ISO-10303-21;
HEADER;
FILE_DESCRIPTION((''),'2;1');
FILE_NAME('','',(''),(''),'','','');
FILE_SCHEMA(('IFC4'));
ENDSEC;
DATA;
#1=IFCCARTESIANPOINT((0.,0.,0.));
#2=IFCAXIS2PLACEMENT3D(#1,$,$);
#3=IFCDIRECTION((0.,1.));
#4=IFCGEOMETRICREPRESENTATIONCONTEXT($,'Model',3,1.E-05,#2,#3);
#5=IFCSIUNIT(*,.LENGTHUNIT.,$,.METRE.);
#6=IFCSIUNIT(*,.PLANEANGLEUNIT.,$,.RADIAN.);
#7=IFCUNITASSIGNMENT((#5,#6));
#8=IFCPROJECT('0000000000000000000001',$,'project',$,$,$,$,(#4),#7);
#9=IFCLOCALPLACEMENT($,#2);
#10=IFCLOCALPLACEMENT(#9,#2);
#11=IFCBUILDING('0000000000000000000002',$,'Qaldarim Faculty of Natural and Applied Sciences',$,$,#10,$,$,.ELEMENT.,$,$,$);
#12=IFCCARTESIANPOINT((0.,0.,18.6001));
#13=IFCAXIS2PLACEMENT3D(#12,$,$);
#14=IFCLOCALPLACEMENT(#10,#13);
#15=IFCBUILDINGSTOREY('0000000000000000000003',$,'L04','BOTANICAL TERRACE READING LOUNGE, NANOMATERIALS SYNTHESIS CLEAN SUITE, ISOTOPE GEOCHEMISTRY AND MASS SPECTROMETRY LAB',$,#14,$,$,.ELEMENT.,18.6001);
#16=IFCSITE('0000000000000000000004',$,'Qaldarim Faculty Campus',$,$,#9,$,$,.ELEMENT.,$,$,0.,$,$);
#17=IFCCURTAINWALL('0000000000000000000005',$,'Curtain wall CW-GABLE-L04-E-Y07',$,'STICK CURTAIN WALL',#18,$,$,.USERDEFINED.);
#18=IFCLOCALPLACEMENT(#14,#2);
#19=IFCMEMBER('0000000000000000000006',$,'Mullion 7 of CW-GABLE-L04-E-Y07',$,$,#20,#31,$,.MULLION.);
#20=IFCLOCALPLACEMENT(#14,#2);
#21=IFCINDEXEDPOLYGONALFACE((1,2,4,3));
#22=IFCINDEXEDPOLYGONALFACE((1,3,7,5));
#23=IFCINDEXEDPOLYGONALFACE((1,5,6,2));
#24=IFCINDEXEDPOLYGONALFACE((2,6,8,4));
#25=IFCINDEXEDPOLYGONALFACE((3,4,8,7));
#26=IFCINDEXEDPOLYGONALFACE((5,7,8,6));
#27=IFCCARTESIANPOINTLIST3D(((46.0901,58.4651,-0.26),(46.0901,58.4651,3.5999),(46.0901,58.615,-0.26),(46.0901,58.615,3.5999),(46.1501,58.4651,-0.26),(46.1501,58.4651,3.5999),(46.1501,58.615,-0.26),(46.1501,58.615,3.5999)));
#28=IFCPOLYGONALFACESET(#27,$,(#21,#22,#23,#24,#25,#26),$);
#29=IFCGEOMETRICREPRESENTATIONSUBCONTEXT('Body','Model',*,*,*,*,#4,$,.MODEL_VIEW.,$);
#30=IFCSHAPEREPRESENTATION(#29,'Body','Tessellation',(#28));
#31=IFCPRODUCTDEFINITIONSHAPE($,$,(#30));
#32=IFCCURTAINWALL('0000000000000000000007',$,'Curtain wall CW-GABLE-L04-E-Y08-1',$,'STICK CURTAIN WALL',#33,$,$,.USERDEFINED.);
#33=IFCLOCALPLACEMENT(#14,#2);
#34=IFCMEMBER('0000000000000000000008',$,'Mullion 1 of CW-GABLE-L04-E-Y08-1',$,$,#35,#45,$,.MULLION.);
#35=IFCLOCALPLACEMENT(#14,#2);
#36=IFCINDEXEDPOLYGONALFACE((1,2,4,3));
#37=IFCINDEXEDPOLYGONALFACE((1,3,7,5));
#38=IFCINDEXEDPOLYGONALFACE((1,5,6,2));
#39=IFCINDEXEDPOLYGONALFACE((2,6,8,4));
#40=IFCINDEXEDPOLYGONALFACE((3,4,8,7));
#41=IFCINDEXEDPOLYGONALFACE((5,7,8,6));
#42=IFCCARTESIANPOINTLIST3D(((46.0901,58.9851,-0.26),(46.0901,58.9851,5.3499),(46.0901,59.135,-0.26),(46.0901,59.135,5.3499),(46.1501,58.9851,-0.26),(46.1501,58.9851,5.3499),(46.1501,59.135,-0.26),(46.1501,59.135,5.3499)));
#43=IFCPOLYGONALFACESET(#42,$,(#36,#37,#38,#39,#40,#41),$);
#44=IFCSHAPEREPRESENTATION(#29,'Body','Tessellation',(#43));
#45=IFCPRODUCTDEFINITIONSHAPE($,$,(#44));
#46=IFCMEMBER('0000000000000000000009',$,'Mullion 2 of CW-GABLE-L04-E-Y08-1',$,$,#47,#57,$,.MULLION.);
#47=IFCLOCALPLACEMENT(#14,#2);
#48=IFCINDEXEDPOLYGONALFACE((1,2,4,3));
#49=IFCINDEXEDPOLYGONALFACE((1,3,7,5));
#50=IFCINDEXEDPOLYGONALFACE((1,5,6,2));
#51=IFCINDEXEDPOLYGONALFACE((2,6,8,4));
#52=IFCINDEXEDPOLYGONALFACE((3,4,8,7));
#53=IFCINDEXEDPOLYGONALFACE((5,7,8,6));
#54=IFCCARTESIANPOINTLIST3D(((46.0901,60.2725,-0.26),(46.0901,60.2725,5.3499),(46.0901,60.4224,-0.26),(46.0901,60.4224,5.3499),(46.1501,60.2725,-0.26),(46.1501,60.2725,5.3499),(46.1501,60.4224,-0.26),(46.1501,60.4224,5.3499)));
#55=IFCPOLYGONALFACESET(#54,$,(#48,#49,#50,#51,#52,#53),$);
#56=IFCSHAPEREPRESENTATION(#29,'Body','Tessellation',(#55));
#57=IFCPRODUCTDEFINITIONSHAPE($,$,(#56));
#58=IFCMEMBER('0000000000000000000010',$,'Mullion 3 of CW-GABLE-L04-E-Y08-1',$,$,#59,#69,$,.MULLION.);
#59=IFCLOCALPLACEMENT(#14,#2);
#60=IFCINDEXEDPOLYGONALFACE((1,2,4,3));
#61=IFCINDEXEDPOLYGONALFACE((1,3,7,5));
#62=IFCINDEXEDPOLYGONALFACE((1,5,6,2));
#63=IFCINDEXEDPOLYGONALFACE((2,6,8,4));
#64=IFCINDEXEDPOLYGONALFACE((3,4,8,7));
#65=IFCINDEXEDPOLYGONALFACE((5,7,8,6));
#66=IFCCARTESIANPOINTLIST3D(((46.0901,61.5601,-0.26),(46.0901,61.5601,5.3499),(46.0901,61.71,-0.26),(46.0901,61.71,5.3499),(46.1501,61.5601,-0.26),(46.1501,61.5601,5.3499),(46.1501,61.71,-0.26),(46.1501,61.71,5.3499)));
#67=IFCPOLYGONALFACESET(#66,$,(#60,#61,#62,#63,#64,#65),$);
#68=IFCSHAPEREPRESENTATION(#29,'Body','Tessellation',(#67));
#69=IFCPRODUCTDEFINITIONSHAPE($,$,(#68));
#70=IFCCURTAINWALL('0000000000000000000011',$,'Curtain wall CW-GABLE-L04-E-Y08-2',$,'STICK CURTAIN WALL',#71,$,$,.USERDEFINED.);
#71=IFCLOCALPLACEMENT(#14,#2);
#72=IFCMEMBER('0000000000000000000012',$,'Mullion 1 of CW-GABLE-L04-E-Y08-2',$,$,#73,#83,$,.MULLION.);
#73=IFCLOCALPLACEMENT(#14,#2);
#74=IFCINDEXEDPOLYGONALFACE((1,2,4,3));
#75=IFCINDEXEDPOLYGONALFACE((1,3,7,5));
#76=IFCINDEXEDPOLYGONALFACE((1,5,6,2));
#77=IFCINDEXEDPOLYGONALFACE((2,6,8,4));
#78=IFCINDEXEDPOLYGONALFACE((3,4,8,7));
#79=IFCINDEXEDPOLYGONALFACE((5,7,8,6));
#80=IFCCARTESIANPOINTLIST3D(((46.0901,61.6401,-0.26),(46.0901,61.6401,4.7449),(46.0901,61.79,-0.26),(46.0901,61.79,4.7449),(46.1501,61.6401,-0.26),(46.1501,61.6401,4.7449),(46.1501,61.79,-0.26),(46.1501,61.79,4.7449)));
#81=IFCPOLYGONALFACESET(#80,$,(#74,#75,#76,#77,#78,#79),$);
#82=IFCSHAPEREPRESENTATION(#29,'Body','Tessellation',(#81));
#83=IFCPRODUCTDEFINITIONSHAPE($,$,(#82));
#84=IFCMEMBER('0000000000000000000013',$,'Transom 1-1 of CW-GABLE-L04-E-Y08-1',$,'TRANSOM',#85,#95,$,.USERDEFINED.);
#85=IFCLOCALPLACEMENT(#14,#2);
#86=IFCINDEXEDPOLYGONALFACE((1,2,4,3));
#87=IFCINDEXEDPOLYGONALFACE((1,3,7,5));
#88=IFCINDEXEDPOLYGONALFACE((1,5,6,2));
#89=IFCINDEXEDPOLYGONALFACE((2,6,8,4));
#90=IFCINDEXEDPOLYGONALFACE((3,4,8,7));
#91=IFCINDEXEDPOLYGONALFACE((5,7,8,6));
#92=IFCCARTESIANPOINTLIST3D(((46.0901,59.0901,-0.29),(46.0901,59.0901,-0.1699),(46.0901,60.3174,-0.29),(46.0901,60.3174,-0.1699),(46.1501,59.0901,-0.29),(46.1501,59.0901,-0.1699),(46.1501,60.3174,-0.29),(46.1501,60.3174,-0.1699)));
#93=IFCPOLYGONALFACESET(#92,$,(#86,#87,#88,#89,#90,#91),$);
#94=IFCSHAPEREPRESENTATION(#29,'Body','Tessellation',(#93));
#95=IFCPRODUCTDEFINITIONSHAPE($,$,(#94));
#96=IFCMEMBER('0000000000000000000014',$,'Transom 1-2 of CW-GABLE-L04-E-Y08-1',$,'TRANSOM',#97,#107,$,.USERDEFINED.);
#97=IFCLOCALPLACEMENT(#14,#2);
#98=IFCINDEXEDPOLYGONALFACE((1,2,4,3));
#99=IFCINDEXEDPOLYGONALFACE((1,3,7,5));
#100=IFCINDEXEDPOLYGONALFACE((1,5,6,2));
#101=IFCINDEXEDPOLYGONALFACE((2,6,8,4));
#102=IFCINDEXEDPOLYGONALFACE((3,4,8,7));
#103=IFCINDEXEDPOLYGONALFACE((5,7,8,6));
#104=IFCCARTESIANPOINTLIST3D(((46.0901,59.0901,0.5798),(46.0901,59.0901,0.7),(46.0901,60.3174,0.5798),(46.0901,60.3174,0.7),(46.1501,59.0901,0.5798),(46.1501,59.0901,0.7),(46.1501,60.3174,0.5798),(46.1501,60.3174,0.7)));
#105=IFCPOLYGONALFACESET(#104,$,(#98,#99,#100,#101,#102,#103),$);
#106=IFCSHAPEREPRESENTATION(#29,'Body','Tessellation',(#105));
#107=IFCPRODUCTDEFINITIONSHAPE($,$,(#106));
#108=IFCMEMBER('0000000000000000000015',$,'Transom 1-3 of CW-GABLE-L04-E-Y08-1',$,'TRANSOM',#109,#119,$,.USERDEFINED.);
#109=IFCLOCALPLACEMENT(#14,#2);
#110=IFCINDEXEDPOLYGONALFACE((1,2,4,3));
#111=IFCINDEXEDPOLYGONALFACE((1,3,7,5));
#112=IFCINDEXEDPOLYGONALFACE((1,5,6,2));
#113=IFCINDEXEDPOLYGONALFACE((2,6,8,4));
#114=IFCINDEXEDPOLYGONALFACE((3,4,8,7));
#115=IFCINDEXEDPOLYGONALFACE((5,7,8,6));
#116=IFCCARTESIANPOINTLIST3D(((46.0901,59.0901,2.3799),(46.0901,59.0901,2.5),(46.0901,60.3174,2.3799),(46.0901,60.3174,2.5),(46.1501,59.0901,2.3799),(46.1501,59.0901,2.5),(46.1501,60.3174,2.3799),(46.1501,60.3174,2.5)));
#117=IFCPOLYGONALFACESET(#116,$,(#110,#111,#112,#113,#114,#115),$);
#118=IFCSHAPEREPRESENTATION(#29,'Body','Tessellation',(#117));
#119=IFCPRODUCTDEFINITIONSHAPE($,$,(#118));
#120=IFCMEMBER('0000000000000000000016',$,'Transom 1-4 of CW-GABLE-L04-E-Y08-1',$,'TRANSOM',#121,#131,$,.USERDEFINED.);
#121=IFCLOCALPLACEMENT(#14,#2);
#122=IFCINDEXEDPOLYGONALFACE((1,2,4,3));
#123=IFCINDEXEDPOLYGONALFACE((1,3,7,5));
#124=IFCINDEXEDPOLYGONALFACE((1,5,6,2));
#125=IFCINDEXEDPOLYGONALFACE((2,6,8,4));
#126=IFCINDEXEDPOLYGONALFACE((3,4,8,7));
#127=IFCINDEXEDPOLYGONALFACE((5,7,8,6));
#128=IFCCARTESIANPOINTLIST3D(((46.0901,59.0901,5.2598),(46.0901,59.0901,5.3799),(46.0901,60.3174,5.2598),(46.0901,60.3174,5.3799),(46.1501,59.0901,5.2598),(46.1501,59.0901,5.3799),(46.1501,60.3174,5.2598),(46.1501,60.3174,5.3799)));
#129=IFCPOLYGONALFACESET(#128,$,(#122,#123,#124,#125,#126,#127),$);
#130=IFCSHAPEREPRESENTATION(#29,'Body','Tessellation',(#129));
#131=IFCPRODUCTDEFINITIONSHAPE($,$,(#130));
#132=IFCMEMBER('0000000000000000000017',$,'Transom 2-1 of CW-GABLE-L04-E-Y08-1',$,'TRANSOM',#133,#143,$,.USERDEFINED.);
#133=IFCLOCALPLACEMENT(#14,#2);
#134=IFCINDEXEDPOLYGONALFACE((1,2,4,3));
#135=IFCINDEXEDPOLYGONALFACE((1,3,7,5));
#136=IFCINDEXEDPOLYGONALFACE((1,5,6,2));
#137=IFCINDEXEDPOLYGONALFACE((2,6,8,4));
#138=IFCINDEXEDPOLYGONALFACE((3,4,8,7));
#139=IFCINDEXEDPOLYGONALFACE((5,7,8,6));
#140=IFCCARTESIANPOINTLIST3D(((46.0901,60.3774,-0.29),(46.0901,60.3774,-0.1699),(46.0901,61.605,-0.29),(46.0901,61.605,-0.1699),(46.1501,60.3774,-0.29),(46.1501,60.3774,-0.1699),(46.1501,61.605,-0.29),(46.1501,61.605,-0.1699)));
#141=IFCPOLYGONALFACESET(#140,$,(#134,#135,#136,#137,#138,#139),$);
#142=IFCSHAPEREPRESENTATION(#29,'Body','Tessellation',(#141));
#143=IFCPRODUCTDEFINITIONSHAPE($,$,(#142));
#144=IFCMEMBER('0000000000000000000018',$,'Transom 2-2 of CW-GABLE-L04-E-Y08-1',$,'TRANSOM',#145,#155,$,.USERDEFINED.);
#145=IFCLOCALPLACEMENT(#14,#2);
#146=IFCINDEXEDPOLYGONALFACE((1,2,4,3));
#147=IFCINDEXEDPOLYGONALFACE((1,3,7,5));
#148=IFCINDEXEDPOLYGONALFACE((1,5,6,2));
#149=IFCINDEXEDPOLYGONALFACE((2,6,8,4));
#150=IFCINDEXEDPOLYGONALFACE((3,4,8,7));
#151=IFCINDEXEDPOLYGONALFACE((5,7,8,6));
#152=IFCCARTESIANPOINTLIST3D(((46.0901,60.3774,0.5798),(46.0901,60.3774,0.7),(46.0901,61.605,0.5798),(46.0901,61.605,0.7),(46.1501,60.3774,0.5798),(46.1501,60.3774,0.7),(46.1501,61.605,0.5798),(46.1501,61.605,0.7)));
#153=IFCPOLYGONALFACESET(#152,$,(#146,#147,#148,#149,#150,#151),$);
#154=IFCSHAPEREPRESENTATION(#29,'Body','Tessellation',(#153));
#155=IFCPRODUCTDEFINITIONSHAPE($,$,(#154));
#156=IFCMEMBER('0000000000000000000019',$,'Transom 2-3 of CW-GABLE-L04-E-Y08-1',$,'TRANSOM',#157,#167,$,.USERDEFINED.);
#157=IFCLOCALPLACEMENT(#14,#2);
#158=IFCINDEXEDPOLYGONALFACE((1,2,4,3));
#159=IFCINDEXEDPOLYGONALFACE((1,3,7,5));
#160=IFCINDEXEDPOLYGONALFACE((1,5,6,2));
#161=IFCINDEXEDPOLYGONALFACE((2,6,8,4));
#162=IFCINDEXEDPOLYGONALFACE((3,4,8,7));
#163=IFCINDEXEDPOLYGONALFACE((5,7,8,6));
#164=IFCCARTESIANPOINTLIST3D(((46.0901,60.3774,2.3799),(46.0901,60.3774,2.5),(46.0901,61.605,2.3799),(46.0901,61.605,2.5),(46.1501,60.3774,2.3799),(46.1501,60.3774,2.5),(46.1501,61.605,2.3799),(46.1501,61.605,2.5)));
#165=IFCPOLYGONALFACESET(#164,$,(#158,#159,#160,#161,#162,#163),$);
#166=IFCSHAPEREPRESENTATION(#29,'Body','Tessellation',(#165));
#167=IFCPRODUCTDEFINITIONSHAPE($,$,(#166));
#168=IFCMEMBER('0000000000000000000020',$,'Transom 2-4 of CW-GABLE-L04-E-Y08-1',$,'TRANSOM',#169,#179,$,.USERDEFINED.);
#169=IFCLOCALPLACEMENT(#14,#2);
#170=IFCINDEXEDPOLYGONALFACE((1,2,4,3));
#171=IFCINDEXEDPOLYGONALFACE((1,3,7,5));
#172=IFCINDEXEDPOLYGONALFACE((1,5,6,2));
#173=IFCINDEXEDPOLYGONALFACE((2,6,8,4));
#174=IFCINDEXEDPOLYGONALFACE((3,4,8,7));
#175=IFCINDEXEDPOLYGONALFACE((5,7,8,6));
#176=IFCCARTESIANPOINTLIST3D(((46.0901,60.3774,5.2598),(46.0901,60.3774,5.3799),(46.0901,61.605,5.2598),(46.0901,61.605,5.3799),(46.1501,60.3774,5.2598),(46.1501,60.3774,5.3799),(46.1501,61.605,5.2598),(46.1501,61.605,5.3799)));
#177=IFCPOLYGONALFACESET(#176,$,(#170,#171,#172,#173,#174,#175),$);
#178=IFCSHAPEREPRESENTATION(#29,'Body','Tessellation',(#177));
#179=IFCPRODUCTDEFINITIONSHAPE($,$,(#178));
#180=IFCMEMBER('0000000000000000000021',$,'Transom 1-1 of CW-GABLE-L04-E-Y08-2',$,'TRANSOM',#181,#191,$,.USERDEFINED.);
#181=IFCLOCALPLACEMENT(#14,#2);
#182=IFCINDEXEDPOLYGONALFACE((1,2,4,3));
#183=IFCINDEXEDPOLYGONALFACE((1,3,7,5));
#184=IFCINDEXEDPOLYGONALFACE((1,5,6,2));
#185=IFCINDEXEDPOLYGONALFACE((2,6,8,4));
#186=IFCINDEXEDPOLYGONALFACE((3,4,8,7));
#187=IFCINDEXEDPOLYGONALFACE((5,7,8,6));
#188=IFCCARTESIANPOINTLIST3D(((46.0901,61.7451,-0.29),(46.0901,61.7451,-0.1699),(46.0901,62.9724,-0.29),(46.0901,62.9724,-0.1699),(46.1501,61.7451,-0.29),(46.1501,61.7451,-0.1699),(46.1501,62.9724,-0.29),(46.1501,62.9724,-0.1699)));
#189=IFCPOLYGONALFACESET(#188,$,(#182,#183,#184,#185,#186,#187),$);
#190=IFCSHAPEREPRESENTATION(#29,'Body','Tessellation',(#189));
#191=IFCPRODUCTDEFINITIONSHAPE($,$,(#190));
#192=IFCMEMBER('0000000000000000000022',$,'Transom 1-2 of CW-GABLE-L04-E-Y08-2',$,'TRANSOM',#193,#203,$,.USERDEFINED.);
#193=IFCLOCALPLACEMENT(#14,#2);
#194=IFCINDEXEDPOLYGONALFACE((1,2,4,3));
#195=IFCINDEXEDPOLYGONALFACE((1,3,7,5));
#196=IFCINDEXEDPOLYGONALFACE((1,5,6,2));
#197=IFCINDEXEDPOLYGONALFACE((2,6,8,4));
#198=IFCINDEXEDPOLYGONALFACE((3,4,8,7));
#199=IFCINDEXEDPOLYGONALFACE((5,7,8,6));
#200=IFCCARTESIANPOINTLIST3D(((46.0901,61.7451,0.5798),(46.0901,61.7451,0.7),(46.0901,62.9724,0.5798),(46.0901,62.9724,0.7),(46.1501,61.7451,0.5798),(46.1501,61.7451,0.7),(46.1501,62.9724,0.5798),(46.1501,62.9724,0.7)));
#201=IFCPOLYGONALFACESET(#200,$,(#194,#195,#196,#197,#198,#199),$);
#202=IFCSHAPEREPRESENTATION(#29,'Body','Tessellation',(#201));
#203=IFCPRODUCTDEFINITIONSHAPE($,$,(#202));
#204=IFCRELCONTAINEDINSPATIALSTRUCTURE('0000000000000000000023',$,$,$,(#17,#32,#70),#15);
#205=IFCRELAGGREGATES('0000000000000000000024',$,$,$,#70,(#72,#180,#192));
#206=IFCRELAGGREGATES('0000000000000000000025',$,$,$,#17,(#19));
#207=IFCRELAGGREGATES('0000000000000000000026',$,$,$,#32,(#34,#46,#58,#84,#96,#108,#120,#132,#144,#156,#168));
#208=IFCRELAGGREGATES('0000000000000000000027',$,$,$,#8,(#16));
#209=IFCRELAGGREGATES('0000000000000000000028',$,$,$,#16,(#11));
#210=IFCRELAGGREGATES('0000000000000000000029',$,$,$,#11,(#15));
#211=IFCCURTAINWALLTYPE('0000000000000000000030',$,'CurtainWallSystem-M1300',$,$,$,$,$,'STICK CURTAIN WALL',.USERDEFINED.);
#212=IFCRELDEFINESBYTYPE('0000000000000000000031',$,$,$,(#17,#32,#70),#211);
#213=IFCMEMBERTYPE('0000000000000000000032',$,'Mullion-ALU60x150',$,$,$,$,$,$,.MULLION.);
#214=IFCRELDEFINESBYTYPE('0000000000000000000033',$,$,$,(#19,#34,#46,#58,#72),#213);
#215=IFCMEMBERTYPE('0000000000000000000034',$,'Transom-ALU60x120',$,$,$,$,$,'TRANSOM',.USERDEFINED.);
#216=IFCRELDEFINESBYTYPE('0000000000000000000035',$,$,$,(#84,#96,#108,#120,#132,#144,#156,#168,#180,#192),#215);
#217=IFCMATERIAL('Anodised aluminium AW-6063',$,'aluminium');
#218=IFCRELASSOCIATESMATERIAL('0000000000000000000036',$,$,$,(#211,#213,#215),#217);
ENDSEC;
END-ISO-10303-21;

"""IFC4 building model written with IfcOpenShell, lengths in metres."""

from ifc_helpers import new_model, si_unit, direction, frame, origin, origin_2d, place, context, subcontext, project, spatial, rectangle, extrude, material, material_profile, profile_set, type_object, element, aggregate, save


model = new_model("IFC4")

# Units and contexts
model_context = context("Model", 3, precision=1e-05, world=origin(), true_north=direction((0.0, 1.0)))
body_context = subcontext(model_context, "Body", "Model", "MODEL_VIEW")
ifc_project = project(units=[si_unit("LENGTHUNIT", "METRE"), si_unit("PLANEANGLEUNIT", "RADIAN")], contexts=[model_context])

# Site, building, storey
site_placement = place(None, origin())
site = spatial("IfcSite", under=ifc_project, at=site_placement, Name="Qaldarim Faculty Campus", CompositionType="ELEMENT", RefElevation=0.0)
building_placement = place(site_placement, origin())
building = spatial("IfcBuilding", under=site, at=building_placement, Name="Qaldarim Faculty of Natural and Applied Sciences", CompositionType="ELEMENT")
storey_placement = place(building_placement, frame((0.0, 0.0, 18.6001)))
storey = spatial("IfcBuildingStorey", under=building, at=storey_placement, Name="L04", Description="BOTANICAL TERRACE READING LOUNGE, NANOMATERIALS SYNTHESIS CLEAN SUITE, ISOTOPE GEOCHEMISTRY AND MASS SPECTROMETRY LAB", CompositionType="ELEMENT", Elevation=18.6001)

# Curtain wall, member
ifc_material_1 = material(Name="Anodised aluminium AW-6063", Category="aluminium")
curtain_wall_type = type_object("IfcCurtainWallType", Name="CurtainWallSystem-M1300", ElementType="STICK CURTAIN WALL", PredefinedType="USERDEFINED", material=ifc_material_1)
curtain_wall_1_placement = place(storey_placement, origin())
curtain_wall_1 = element("IfcCurtainWall", 1, at=curtain_wall_1_placement, inside=storey, type_object=curtain_wall_type, Name="Curtain wall CW-GABLE-L04-E-Y07", ObjectType="STICK CURTAIN WALL", PredefinedType="USERDEFINED")
ifc_material_profile_1 = material_profile(ifc_material_1, rectangle(XDim=0.0601, YDim=0.1499, at=origin_2d()), Name="ALU-M60x150")
ifc_profile_set_1 = profile_set([ifc_material_profile_1], Name="Anodised aluminium AW-6063")
member_type_1 = type_object("IfcMemberType", Name="Mullion-ALU60x150", PredefinedType="MULLION", material=ifc_profile_set_1)
member_1_placement = place(storey_placement, frame((46.1201, 58.54, -0.26), z_axis=(0.0, 0.0, 1.0), x_axis=(-1.0, 0.0, 0.0)))
member_1 = element("IfcMember", 2, at=member_1_placement, type_object=member_type_1, Name="Mullion 7 of CW-GABLE-L04-E-Y07", PredefinedType="MULLION", context=body_context, shape_type="SweptSolid", body=[
    extrude(rectangle(XDim=0.0601, YDim=0.1499, at=origin_2d()), origin(), (0.0, 0.0, 1.0), 3.8599),
])

# Curtain wall, members
curtain_wall_2_placement = place(storey_placement, origin())
curtain_wall_2 = element("IfcCurtainWall", 3, at=curtain_wall_2_placement, inside=storey, type_object=curtain_wall_type, Name="Curtain wall CW-GABLE-L04-E-Y08-1", ObjectType="STICK CURTAIN WALL", PredefinedType="USERDEFINED")
member_2_placement = place(storey_placement, frame((46.1201, 59.0601, -0.26), z_axis=(0.0, 0.0, 1.0), x_axis=(-1.0, 0.0, 0.0)))
member_2 = element("IfcMember", 4, at=member_2_placement, type_object=member_type_1, Name="Mullion 1 of CW-GABLE-L04-E-Y08-1", PredefinedType="MULLION", context=body_context, shape_type="SweptSolid", body=[
    extrude(rectangle(XDim=0.0601, YDim=0.1499, at=origin_2d()), origin(), (0.0, 0.0, 1.0), 5.6099),
])
member_3_placement = place(storey_placement, frame((46.1201, 60.3474, -0.26), z_axis=(0.0, 0.0, 1.0), x_axis=(-1.0, 0.0, 0.0)))
member_3 = element("IfcMember", 5, at=member_3_placement, type_object=member_type_1, Name="Mullion 2 of CW-GABLE-L04-E-Y08-1", PredefinedType="MULLION", context=body_context, shape_type="SweptSolid", body=[
    extrude(rectangle(XDim=0.0601, YDim=0.1499, at=origin_2d()), origin(), (0.0, 0.0, 1.0), 5.6099),
])
member_4_placement = place(storey_placement, frame((46.1201, 61.635, -0.26), z_axis=(0.0, 0.0, 1.0), x_axis=(-1.0, 0.0, 0.0)))
member_4 = element("IfcMember", 6, at=member_4_placement, type_object=member_type_1, Name="Mullion 3 of CW-GABLE-L04-E-Y08-1", PredefinedType="MULLION", context=body_context, shape_type="SweptSolid", body=[
    extrude(rectangle(XDim=0.0601, YDim=0.1499, at=origin_2d()), origin(), (0.0, 0.0, 1.0), 5.6099),
])

# Curtain wall, member
curtain_wall_3_placement = place(storey_placement, origin())
curtain_wall_3 = element("IfcCurtainWall", 7, at=curtain_wall_3_placement, inside=storey, type_object=curtain_wall_type, Name="Curtain wall CW-GABLE-L04-E-Y08-2", ObjectType="STICK CURTAIN WALL", PredefinedType="USERDEFINED")
member_5_placement = place(storey_placement, frame((46.1201, 61.7151, -0.26), z_axis=(0.0, 0.0, 1.0), x_axis=(-1.0, 0.0, 0.0)))
member_5 = element("IfcMember", 8, at=member_5_placement, type_object=member_type_1, Name="Mullion 1 of CW-GABLE-L04-E-Y08-2", PredefinedType="MULLION", context=body_context, shape_type="SweptSolid", body=[
    extrude(rectangle(XDim=0.0601, YDim=0.1499, at=origin_2d()), origin(), (0.0, 0.0, 1.0), 5.0049),
])

# Members
ifc_material_profile_2 = material_profile(ifc_material_1, rectangle(XDim=0.0601, YDim=0.1201, at=origin_2d()), Name="ALU-T60x120")
ifc_profile_set_2 = profile_set([ifc_material_profile_2], Name="Anodised aluminium AW-6063")
member_type_2 = type_object("IfcMemberType", Name="Transom-ALU60x120", ElementType="TRANSOM", PredefinedType="USERDEFINED", material=ifc_profile_set_2)
member_6_placement = place(storey_placement, frame((46.1201, 59.0901, -0.23), z_axis=(0.0, 1.0, 0.0), x_axis=(-1.0, 0.0, 0.0)))
member_6 = element("IfcMember", 9, at=member_6_placement, type_object=member_type_2, Name="Transom 1-1 of CW-GABLE-L04-E-Y08-1", ObjectType="TRANSOM", PredefinedType="USERDEFINED", context=body_context, shape_type="SweptSolid", body=[
    extrude(rectangle(XDim=0.0601, YDim=0.1201, at=origin_2d()), origin(), (0.0, 0.0, 1.0), 1.2273),
])
member_7_placement = place(storey_placement, frame((46.1201, 59.0901, 0.6399), z_axis=(0.0, 1.0, 0.0), x_axis=(-1.0, 0.0, 0.0)))
member_7 = element("IfcMember", 10, at=member_7_placement, type_object=member_type_2, Name="Transom 1-2 of CW-GABLE-L04-E-Y08-1", ObjectType="TRANSOM", PredefinedType="USERDEFINED", context=body_context, shape_type="SweptSolid", body=[
    extrude(rectangle(XDim=0.0601, YDim=0.1201, at=origin_2d()), origin(), (0.0, 0.0, 1.0), 1.2273),
])
member_8_placement = place(storey_placement, frame((46.1201, 59.0901, 2.4399), z_axis=(0.0, 1.0, 0.0), x_axis=(-1.0, 0.0, 0.0)))
member_8 = element("IfcMember", 11, at=member_8_placement, type_object=member_type_2, Name="Transom 1-3 of CW-GABLE-L04-E-Y08-1", ObjectType="TRANSOM", PredefinedType="USERDEFINED", context=body_context, shape_type="SweptSolid", body=[
    extrude(rectangle(XDim=0.0601, YDim=0.1201, at=origin_2d()), origin(), (0.0, 0.0, 1.0), 1.2273),
])
member_9_placement = place(storey_placement, frame((46.1201, 59.0901, 5.3198), z_axis=(0.0, 1.0, 0.0), x_axis=(-1.0, 0.0, 0.0)))
member_9 = element("IfcMember", 12, at=member_9_placement, type_object=member_type_2, Name="Transom 1-4 of CW-GABLE-L04-E-Y08-1", ObjectType="TRANSOM", PredefinedType="USERDEFINED", context=body_context, shape_type="SweptSolid", body=[
    extrude(rectangle(XDim=0.0601, YDim=0.1201, at=origin_2d()), origin(), (0.0, 0.0, 1.0), 1.2273),
])
member_10_placement = place(storey_placement, frame((46.1201, 60.3774, -0.23), z_axis=(0.0, 1.0, 0.0), x_axis=(-1.0, 0.0, 0.0)))
member_10 = element("IfcMember", 13, at=member_10_placement, type_object=member_type_2, Name="Transom 2-1 of CW-GABLE-L04-E-Y08-1", ObjectType="TRANSOM", PredefinedType="USERDEFINED", context=body_context, shape_type="SweptSolid", body=[
    extrude(rectangle(XDim=0.0601, YDim=0.1201, at=origin_2d()), origin(), (0.0, 0.0, 1.0), 1.2275),
])
member_11_placement = place(storey_placement, frame((46.1201, 60.3774, 0.6399), z_axis=(0.0, 1.0, 0.0), x_axis=(-1.0, 0.0, 0.0)))
member_11 = element("IfcMember", 14, at=member_11_placement, type_object=member_type_2, Name="Transom 2-2 of CW-GABLE-L04-E-Y08-1", ObjectType="TRANSOM", PredefinedType="USERDEFINED", context=body_context, shape_type="SweptSolid", body=[
    extrude(rectangle(XDim=0.0601, YDim=0.1201, at=origin_2d()), origin(), (0.0, 0.0, 1.0), 1.2275),
])
member_12_placement = place(storey_placement, frame((46.1201, 60.3774, 2.4399), z_axis=(0.0, 1.0, 0.0), x_axis=(-1.0, 0.0, 0.0)))
member_12 = element("IfcMember", 15, at=member_12_placement, type_object=member_type_2, Name="Transom 2-3 of CW-GABLE-L04-E-Y08-1", ObjectType="TRANSOM", PredefinedType="USERDEFINED", context=body_context, shape_type="SweptSolid", body=[
    extrude(rectangle(XDim=0.0601, YDim=0.1201, at=origin_2d()), origin(), (0.0, 0.0, 1.0), 1.2275),
])
member_13_placement = place(storey_placement, frame((46.1201, 60.3774, 5.3198), z_axis=(0.0, 1.0, 0.0), x_axis=(-1.0, 0.0, 0.0)))
member_13 = element("IfcMember", 16, at=member_13_placement, type_object=member_type_2, Name="Transom 2-4 of CW-GABLE-L04-E-Y08-1", ObjectType="TRANSOM", PredefinedType="USERDEFINED", context=body_context, shape_type="SweptSolid", body=[
    extrude(rectangle(XDim=0.0601, YDim=0.1201, at=origin_2d()), origin(), (0.0, 0.0, 1.0), 1.2275),
])
member_14_placement = place(storey_placement, frame((46.1201, 61.7451, -0.23), z_axis=(0.0, 1.0, 0.0), x_axis=(-1.0, 0.0, 0.0)))
member_14 = element("IfcMember", 17, at=member_14_placement, type_object=member_type_2, Name="Transom 1-1 of CW-GABLE-L04-E-Y08-2", ObjectType="TRANSOM", PredefinedType="USERDEFINED", context=body_context, shape_type="SweptSolid", body=[
    extrude(rectangle(XDim=0.0601, YDim=0.1201, at=origin_2d()), origin(), (0.0, 0.0, 1.0), 1.2273),
])
member_15_placement = place(storey_placement, frame((46.1201, 61.7451, 0.6399), z_axis=(0.0, 1.0, 0.0), x_axis=(-1.0, 0.0, 0.0)))
member_15 = element("IfcMember", 18, at=member_15_placement, type_object=member_type_2, Name="Transom 1-2 of CW-GABLE-L04-E-Y08-2", ObjectType="TRANSOM", PredefinedType="USERDEFINED", context=body_context, shape_type="SweptSolid", body=[
    extrude(rectangle(XDim=0.0601, YDim=0.1201, at=origin_2d()), origin(), (0.0, 0.0, 1.0), 1.2273),
])
aggregate(curtain_wall_3, [member_5, member_14, member_15])

aggregate(curtain_wall_1, [member_1])
aggregate(curtain_wall_2, [member_2, member_3, member_4, member_6, member_7, member_8, member_9, member_10, member_11, member_12, member_13])

save(model, "model.ifc")
